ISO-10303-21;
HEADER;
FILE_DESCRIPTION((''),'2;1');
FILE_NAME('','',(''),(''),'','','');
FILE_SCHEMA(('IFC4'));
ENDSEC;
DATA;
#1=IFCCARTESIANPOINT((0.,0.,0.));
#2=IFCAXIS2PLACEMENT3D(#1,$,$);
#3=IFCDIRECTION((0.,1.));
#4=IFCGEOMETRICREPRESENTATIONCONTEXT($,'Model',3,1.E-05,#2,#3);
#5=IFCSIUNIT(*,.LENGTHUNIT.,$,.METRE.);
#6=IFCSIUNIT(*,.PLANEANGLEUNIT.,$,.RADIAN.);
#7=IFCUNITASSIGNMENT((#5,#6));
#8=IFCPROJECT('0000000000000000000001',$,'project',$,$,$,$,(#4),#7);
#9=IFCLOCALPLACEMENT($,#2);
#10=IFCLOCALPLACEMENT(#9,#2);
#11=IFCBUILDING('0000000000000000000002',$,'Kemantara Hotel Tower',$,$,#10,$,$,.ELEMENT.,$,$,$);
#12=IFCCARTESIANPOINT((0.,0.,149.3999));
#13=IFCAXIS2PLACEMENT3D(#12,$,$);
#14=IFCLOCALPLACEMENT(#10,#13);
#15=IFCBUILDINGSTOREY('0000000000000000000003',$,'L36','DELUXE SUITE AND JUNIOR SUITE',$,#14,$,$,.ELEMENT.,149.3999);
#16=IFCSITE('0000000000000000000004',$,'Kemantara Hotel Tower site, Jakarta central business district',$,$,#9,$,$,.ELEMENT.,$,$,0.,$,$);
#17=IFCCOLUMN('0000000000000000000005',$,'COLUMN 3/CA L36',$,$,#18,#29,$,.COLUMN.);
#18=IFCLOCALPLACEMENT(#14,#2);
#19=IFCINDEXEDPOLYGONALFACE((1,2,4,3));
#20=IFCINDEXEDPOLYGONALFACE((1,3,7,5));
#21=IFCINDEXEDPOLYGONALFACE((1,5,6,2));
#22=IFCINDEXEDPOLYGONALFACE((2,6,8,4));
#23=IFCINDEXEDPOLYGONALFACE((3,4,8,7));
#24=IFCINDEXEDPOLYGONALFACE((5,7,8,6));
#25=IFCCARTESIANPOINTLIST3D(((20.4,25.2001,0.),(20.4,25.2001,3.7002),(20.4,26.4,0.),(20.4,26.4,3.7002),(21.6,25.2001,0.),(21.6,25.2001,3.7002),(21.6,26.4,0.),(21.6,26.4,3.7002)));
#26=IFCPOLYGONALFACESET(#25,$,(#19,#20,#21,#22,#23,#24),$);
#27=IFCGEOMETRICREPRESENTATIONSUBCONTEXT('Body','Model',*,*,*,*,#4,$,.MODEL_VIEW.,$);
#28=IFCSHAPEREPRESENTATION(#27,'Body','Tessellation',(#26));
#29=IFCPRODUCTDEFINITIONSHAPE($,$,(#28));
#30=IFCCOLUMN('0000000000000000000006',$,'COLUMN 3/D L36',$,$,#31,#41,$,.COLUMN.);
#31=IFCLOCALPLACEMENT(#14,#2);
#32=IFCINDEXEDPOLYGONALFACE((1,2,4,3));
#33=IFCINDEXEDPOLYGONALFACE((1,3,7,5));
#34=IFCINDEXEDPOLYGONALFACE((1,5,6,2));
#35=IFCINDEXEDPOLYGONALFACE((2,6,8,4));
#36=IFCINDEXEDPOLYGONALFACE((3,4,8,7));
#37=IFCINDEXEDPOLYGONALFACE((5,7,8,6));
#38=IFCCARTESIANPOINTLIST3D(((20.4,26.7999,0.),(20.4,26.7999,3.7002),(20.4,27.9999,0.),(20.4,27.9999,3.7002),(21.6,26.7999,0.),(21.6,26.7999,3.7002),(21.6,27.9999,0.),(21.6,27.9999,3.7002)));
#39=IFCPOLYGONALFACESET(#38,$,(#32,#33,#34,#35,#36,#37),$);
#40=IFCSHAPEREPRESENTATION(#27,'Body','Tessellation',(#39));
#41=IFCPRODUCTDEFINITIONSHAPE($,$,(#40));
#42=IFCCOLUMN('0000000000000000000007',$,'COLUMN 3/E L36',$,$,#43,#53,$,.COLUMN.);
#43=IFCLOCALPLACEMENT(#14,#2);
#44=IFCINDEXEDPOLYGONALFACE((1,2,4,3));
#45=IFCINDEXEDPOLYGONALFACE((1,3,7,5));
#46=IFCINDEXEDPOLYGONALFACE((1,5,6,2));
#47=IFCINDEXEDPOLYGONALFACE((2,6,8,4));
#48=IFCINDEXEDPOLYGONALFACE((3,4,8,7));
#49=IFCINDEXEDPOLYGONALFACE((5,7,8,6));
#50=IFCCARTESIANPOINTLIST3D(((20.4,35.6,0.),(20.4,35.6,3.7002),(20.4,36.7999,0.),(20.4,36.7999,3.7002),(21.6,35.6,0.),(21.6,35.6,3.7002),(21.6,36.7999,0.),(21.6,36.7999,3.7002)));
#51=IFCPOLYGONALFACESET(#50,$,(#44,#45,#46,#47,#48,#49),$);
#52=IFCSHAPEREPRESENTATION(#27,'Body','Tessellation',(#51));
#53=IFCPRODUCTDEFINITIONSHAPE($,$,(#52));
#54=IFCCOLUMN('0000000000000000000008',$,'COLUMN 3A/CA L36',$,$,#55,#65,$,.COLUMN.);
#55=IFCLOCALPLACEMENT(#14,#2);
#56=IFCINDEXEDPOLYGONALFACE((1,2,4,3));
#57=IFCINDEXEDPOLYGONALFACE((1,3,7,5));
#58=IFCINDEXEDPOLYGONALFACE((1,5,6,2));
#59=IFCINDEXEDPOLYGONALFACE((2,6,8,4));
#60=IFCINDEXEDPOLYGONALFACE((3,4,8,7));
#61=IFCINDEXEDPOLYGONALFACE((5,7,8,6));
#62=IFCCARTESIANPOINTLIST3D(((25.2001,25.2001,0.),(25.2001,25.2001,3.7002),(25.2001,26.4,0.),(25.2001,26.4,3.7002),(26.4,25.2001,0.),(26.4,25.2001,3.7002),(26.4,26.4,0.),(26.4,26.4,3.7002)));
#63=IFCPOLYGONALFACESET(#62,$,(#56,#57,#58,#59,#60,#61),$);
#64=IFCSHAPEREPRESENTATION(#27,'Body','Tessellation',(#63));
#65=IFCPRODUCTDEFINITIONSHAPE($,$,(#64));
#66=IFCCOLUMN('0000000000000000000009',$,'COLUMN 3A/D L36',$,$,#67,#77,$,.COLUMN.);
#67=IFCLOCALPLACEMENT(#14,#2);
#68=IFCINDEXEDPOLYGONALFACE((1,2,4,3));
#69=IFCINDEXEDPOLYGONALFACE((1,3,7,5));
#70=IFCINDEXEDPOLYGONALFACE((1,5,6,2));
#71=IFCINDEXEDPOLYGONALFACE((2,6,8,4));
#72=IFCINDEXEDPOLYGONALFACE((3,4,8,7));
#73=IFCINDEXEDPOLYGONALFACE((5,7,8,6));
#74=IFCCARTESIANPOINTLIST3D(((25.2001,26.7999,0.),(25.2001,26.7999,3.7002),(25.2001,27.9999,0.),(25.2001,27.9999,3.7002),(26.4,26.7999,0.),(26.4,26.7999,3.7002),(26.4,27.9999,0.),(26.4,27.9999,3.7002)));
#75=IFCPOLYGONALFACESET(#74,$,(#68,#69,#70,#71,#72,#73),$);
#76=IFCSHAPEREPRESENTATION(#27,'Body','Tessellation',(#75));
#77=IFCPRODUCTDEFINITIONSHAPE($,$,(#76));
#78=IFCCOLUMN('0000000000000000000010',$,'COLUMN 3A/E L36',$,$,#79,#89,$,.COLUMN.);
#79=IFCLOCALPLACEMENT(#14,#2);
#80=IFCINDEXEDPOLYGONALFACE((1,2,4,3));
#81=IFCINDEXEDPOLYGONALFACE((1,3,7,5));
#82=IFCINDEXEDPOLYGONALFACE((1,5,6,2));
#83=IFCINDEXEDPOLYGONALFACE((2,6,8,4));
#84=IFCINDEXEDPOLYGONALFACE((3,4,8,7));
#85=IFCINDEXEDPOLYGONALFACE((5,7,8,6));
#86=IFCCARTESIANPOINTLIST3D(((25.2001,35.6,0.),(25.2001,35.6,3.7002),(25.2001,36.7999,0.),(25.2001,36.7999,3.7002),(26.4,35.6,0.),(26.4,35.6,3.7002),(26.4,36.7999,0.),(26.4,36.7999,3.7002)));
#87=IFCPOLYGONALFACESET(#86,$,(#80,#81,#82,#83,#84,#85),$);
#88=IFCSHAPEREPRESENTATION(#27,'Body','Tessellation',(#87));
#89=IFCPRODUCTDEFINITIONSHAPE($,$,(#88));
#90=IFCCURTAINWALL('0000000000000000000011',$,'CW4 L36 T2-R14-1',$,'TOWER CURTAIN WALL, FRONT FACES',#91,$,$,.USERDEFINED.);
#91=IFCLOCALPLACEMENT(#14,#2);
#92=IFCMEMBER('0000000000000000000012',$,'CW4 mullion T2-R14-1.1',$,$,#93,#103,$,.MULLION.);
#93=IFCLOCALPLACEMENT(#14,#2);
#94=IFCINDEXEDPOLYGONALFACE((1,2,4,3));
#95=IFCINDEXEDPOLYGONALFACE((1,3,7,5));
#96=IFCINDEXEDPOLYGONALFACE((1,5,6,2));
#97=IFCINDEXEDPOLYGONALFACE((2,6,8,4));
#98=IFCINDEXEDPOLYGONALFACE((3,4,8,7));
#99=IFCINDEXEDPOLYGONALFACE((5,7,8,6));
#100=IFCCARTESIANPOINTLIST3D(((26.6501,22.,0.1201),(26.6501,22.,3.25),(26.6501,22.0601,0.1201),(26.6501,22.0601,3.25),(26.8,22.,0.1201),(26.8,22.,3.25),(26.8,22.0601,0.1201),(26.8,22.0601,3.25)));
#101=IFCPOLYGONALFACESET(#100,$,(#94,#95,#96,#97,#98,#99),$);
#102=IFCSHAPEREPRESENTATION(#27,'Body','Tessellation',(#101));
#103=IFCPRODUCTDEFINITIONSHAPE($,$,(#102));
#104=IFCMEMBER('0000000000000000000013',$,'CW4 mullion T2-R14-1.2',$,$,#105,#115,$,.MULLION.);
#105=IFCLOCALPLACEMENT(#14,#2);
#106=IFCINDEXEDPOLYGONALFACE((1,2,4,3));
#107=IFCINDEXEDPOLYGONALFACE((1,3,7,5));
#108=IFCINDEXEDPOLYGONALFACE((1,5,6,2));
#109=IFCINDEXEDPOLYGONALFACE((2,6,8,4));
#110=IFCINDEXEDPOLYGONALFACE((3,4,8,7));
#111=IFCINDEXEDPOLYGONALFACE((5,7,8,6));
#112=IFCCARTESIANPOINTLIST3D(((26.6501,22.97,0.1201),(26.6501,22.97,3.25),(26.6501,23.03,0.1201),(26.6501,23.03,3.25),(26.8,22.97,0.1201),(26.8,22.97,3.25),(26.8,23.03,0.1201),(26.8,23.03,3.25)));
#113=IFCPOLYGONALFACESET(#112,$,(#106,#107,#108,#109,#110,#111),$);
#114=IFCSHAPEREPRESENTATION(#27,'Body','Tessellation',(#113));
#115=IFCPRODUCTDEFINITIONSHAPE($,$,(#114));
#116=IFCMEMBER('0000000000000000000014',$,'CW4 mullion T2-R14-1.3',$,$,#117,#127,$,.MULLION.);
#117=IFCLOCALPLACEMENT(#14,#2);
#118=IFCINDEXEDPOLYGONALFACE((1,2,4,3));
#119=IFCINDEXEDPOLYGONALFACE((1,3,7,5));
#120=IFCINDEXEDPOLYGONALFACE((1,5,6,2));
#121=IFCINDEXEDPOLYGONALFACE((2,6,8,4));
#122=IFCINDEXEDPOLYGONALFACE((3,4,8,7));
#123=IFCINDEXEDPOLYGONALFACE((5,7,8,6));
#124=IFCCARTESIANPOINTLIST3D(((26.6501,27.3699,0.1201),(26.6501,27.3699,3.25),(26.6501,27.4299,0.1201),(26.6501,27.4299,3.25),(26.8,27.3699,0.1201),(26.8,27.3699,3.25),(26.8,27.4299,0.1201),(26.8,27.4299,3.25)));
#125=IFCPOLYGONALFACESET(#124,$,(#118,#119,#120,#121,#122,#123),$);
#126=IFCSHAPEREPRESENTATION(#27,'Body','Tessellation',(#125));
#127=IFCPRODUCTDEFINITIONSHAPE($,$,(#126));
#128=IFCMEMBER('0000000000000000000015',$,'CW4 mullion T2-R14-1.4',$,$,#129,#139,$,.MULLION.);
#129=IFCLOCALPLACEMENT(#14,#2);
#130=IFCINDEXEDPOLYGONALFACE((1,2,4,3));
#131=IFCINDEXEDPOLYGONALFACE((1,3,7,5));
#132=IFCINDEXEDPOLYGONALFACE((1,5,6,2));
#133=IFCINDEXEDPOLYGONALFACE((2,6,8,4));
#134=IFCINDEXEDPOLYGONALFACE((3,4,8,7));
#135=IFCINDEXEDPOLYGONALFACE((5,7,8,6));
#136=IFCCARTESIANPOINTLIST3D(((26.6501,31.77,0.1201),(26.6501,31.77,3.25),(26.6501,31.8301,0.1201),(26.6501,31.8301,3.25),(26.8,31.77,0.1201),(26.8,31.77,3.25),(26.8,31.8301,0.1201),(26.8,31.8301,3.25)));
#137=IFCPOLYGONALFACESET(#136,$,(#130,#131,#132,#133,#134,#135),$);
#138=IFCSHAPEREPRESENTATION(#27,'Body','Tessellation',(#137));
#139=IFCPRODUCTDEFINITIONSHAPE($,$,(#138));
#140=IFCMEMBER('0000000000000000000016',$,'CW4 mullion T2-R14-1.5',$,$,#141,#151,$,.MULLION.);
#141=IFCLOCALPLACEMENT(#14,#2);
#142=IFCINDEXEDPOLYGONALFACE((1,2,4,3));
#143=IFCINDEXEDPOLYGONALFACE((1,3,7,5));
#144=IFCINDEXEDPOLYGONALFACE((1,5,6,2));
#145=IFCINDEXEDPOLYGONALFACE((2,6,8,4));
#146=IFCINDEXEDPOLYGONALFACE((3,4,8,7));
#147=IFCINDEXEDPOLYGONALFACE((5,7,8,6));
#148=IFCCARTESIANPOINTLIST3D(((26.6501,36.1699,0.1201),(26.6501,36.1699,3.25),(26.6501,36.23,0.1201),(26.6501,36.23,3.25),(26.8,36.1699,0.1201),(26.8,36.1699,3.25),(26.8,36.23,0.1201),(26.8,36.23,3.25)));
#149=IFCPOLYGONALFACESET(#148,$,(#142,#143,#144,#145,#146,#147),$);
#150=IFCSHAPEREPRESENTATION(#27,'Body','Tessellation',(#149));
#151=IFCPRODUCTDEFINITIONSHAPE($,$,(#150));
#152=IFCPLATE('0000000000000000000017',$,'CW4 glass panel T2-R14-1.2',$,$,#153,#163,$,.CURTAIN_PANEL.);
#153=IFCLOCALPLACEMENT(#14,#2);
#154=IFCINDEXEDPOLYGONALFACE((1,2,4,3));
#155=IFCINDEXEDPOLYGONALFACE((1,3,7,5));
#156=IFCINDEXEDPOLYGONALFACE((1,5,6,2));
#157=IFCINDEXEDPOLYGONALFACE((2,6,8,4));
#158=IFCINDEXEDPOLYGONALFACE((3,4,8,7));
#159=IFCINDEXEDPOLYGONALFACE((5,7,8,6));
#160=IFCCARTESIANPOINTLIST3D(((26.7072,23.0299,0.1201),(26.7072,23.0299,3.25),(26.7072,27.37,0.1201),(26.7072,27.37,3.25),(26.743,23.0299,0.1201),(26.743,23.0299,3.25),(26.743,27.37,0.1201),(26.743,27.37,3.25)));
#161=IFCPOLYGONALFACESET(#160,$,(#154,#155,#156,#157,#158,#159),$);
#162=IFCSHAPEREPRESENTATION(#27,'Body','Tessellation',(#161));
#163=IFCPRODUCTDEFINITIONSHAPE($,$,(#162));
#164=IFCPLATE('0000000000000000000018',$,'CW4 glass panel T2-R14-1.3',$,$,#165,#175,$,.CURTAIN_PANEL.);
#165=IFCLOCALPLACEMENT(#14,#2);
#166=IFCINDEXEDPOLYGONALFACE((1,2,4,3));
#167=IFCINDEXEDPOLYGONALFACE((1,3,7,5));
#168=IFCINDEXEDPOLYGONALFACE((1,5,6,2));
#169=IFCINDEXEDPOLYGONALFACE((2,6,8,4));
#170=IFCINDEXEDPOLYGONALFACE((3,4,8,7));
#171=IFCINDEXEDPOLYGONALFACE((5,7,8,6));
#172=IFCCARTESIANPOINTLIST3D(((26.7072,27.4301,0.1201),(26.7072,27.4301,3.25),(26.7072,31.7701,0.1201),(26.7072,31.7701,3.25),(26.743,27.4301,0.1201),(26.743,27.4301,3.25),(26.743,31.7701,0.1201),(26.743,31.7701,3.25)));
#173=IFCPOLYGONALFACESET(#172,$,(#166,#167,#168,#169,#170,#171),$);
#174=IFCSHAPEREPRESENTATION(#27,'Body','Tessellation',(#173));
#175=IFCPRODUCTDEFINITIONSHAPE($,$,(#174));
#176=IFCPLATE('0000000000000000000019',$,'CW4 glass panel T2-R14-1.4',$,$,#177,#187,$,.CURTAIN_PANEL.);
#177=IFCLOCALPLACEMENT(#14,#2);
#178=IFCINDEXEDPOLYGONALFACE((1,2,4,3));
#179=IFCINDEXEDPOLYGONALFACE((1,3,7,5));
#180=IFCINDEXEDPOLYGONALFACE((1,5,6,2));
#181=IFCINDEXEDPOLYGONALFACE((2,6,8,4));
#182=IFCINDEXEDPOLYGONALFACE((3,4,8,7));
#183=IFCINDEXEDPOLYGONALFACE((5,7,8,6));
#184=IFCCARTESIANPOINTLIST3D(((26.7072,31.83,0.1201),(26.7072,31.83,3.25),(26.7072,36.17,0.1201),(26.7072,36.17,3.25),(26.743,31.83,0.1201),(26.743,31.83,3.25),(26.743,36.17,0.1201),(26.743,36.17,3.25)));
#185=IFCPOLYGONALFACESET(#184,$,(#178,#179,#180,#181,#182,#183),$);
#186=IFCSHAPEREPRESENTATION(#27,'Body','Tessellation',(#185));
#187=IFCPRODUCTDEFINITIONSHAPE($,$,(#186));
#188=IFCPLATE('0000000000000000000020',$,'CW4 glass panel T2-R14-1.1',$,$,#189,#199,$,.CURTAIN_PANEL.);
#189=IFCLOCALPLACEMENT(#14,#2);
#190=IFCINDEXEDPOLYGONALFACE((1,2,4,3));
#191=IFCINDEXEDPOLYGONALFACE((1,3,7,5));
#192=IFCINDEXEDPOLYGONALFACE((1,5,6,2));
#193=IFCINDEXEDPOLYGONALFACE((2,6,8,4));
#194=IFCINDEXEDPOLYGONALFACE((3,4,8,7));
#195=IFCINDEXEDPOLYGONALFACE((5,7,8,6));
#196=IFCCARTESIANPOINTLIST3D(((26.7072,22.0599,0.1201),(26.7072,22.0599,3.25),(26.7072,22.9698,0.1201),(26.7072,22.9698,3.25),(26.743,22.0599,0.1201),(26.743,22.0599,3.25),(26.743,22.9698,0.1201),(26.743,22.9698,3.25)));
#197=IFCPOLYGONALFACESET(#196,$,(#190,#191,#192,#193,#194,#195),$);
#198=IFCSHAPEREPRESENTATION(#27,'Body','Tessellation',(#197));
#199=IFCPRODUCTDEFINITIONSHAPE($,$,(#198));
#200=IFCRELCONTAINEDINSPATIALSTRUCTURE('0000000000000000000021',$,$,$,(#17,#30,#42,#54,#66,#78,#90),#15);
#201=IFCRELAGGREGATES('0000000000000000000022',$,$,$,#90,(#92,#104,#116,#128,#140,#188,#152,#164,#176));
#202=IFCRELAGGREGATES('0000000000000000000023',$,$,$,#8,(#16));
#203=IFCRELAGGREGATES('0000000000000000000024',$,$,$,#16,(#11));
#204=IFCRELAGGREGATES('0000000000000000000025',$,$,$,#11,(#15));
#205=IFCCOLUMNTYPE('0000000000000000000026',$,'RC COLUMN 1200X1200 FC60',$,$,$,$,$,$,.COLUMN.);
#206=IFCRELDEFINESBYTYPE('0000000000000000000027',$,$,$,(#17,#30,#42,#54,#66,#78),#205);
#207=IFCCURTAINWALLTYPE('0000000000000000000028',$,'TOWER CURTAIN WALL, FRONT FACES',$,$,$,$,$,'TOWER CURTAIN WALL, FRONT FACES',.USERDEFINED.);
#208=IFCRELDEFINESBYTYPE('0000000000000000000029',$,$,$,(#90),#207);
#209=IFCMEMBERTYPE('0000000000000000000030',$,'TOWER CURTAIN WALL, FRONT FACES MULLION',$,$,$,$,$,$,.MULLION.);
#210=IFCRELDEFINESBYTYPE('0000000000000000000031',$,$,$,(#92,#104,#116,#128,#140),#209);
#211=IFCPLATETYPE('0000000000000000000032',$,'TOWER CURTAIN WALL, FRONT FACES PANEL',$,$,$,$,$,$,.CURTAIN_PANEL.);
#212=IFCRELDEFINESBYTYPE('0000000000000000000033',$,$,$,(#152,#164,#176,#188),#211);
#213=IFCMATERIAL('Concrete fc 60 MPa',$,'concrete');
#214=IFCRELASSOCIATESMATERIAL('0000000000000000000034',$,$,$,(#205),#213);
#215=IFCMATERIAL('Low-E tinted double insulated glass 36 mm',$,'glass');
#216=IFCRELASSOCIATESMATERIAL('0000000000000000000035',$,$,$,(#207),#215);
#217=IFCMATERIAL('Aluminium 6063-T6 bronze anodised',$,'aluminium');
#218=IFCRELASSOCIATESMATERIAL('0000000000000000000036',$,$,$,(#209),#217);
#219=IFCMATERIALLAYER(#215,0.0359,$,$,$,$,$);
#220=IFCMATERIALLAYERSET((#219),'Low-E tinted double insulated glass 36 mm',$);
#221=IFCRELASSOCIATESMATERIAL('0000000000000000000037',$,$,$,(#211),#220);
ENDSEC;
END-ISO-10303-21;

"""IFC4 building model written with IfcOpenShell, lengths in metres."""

from ifc_helpers import new_model, si_unit, direction, frame, origin, origin_2d, place, context, subcontext, project, spatial, rectangle, extrude, source, transform, mapped, material, layer, layer_set, material_profile, profile_set, type_object, element, aggregate, save


model = new_model("IFC4")

# Units and contexts
model_context = context("Model", 3, precision=1e-05, world=origin(), true_north=direction((0.0, 1.0)))
body_context = subcontext(model_context, "Body", "Model", "MODEL_VIEW")
ifc_project = project(units=[si_unit("LENGTHUNIT", "METRE"), si_unit("PLANEANGLEUNIT", "RADIAN")], contexts=[model_context])

# Site, building, storey
site_placement = place(None, origin())
site = spatial("IfcSite", under=ifc_project, at=site_placement, Name="Kemantara Hotel Tower site, Jakarta central business district", CompositionType="ELEMENT", RefElevation=0.0)
building_placement = place(site_placement, origin())
building = spatial("IfcBuilding", under=site, at=building_placement, Name="Kemantara Hotel Tower", CompositionType="ELEMENT")
storey_placement = place(building_placement, frame((0.0, 0.0, 149.3999)))
storey = spatial("IfcBuildingStorey", under=building, at=storey_placement, Name="L36", Description="DELUXE SUITE AND JUNIOR SUITE", CompositionType="ELEMENT", Elevation=149.3999)

# Columns
ifc_material_1 = material(Name="Concrete fc 60 MPa", Category="concrete")
ifc_material_profile_1 = material_profile(ifc_material_1, rectangle(XDim=1.2, YDim=1.2, at=origin_2d()), Name="RC 1200X1200")
ifc_profile_set_1 = profile_set([ifc_material_profile_1], Name="Concrete fc 60 MPa")
column_type = type_object("IfcColumnType", Name="RC COLUMN 1200X1200 FC60", PredefinedType="COLUMN", material=ifc_profile_set_1)
for number, where, z_axis, x_axis, name in (
    (1, (21.0, 25.8, 0.0), (0.0, 0.0, 1.0), (1.0, 0.0, 0.0), "COLUMN 3/CA L36"),
    (2, (21.0, 27.3999, 0.0), (0.0, 0.0, 1.0), (1.0, 0.0, 0.0), "COLUMN 3/D L36"),
    (3, (21.0, 36.2, 0.0), (0.0, 0.0, 1.0), (1.0, 0.0, 0.0), "COLUMN 3/E L36"),
    (4, (25.8, 25.8, 0.0), (0.0, 0.0, 1.0), (1.0, 0.0, 0.0), "COLUMN 3A/CA L36"),
    (5, (25.8, 27.3999, 0.0), (0.0, 0.0, 1.0), (1.0, 0.0, 0.0), "COLUMN 3A/D L36"),
    (6, (25.8, 36.2, 0.0), (0.0, 0.0, 1.0), (1.0, 0.0, 0.0), "COLUMN 3A/E L36"),
):
    element("IfcColumn", number, at=place(storey_placement, frame(where, z_axis=z_axis, x_axis=x_axis)), inside=storey, type_object=column_type, Name=name, PredefinedType="COLUMN", context=body_context, shape_type="SweptSolid", body=[
        extrude(rectangle(XDim=1.2, YDim=1.2, at=origin_2d()), origin(), (0.0, 0.0, 1.0), 3.7002),
    ])

# Curtain wall, members, plates
ifc_material_2 = material(Name="Low-E tinted double insulated glass 36 mm", Category="glass")
curtain_wall_type = type_object("IfcCurtainWallType", Name="TOWER CURTAIN WALL, FRONT FACES", ElementType="TOWER CURTAIN WALL, FRONT FACES", PredefinedType="USERDEFINED", material=ifc_material_2)
curtain_wall_placement = place(storey_placement, origin())
curtain_wall = element("IfcCurtainWall", 7, at=curtain_wall_placement, inside=storey, type_object=curtain_wall_type, Name="CW4 L36 T2-R14-1", ObjectType="TOWER CURTAIN WALL, FRONT FACES", PredefinedType="USERDEFINED")
ifc_material_3 = material(Name="Aluminium 6063-T6 bronze anodised", Category="aluminium")
ifc_material_profile_2 = material_profile(ifc_material_3, rectangle(XDim=0.1499, YDim=0.0601, at=origin_2d()), Name="TOWER CURTAIN WALL, FRONT FACES MULLION")
ifc_profile_set_2 = profile_set([ifc_material_profile_2], Name="Aluminium 6063-T6 bronze anodised")
member_type = type_object("IfcMemberType", Name="TOWER CURTAIN WALL, FRONT FACES MULLION", PredefinedType="MULLION", material=ifc_profile_set_2)
shared_shape_1 = source(origin(), body_context, "Body", "SweptSolid", [
    extrude(rectangle(XDim=0.1499, YDim=0.0601, at=origin_2d()), origin(), (0.0, 0.0, 1.0), 3.1299),
])
member_1_placement = place(storey_placement, frame((26.7251, 22.03, 0.1201), z_axis=(0.0, 0.0, 1.0), x_axis=(-1.0, 0.0, 0.0)))
member_1 = element("IfcMember", 8, at=member_1_placement, type_object=member_type, Name="CW4 mullion T2-R14-1.1", PredefinedType="MULLION", context=body_context, shape_type="MappedRepresentation", body=[
    mapped(shared_shape_1, transform((0.0, 0.0, 0.0))),
])
member_2_placement = place(storey_placement, frame((26.7251, 23.0, 0.1201), z_axis=(0.0, 0.0, 1.0), x_axis=(-1.0, 0.0, 0.0)))
member_2 = element("IfcMember", 9, at=member_2_placement, type_object=member_type, Name="CW4 mullion T2-R14-1.2", PredefinedType="MULLION", context=body_context, shape_type="MappedRepresentation", body=[
    mapped(shared_shape_1, transform((0.0, 0.0, 0.0))),
])
member_3_placement = place(storey_placement, frame((26.7251, 27.3999, 0.1201), z_axis=(0.0, 0.0, 1.0), x_axis=(-1.0, 0.0, 0.0)))
member_3 = element("IfcMember", 10, at=member_3_placement, type_object=member_type, Name="CW4 mullion T2-R14-1.3", PredefinedType="MULLION", context=body_context, shape_type="MappedRepresentation", body=[
    mapped(shared_shape_1, transform((0.0, 0.0, 0.0))),
])
member_4_placement = place(storey_placement, frame((26.7251, 31.8, 0.1201), z_axis=(0.0, 0.0, 1.0), x_axis=(-1.0, 0.0, 0.0)))
member_4 = element("IfcMember", 11, at=member_4_placement, type_object=member_type, Name="CW4 mullion T2-R14-1.4", PredefinedType="MULLION", context=body_context, shape_type="MappedRepresentation", body=[
    mapped(shared_shape_1, transform((0.0, 0.0, 0.0))),
])
member_5_placement = place(storey_placement, frame((26.7251, 36.2, 0.1201), z_axis=(0.0, 0.0, 1.0), x_axis=(-1.0, 0.0, 0.0)))
member_5 = element("IfcMember", 12, at=member_5_placement, type_object=member_type, Name="CW4 mullion T2-R14-1.5", PredefinedType="MULLION", context=body_context, shape_type="MappedRepresentation", body=[
    mapped(shared_shape_1, transform((0.0, 0.0, 0.0))),
])
ifc_layer_1 = layer(ifc_material_2, 0.0359)
ifc_layer_set_1 = layer_set([ifc_layer_1], Name="Low-E tinted double insulated glass 36 mm")
plate_type = type_object("IfcPlateType", Name="TOWER CURTAIN WALL, FRONT FACES PANEL", PredefinedType="CURTAIN_PANEL", material=ifc_layer_set_1)
shared_shape_2 = source(origin(), body_context, "Body", "SweptSolid", [
    extrude(rectangle(XDim=4.3401, YDim=0.0359, at=origin_2d()), origin(), (0.0, 0.0, 1.0), 3.1299),
])
plate_1_placement = place(storey_placement, frame((26.7251, 25.2, 0.1201), z_axis=(0.0, 0.0, 1.0), x_axis=(0.0, 1.0, 0.0)))
plate_1 = element("IfcPlate", 13, at=plate_1_placement, type_object=plate_type, Name="CW4 glass panel T2-R14-1.2", PredefinedType="CURTAIN_PANEL", context=body_context, shape_type="MappedRepresentation", body=[
    mapped(shared_shape_2, transform((0.0, 0.0, 0.0))),
])
plate_2_placement = place(storey_placement, frame((26.7251, 29.6001, 0.1201), z_axis=(0.0, 0.0, 1.0), x_axis=(0.0, 1.0, 0.0)))
plate_2 = element("IfcPlate", 14, at=plate_2_placement, type_object=plate_type, Name="CW4 glass panel T2-R14-1.3", PredefinedType="CURTAIN_PANEL", context=body_context, shape_type="MappedRepresentation", body=[
    mapped(shared_shape_2, transform((0.0, 0.0, 0.0))),
])
plate_3_placement = place(storey_placement, frame((26.7251, 34.0, 0.1201), z_axis=(0.0, 0.0, 1.0), x_axis=(0.0, 1.0, 0.0)))
plate_3 = element("IfcPlate", 15, at=plate_3_placement, type_object=plate_type, Name="CW4 glass panel T2-R14-1.4", PredefinedType="CURTAIN_PANEL", context=body_context, shape_type="MappedRepresentation", body=[
    mapped(shared_shape_2, transform((0.0, 0.0, 0.0))),
])
shared_shape_3 = source(origin(), body_context, "Body", "SweptSolid", [
    extrude(rectangle(XDim=0.9099, YDim=0.0359, at=origin_2d()), origin(), (0.0, 0.0, 1.0), 3.1299),
])
plate_4_placement = place(storey_placement, frame((26.7251, 22.5149, 0.1201), z_axis=(0.0, 0.0, 1.0), x_axis=(0.0, 1.0, 0.0)))
plate_4 = element("IfcPlate", 16, at=plate_4_placement, type_object=plate_type, Name="CW4 glass panel T2-R14-1.1", PredefinedType="CURTAIN_PANEL", context=body_context, shape_type="MappedRepresentation", body=[
    mapped(shared_shape_3, transform((0.0, 0.0, 0.0))),
])
aggregate(curtain_wall, [member_1, member_2, member_3, member_4, member_5, plate_4, plate_1, plate_2, plate_3])

save(model, "model.ifc")
